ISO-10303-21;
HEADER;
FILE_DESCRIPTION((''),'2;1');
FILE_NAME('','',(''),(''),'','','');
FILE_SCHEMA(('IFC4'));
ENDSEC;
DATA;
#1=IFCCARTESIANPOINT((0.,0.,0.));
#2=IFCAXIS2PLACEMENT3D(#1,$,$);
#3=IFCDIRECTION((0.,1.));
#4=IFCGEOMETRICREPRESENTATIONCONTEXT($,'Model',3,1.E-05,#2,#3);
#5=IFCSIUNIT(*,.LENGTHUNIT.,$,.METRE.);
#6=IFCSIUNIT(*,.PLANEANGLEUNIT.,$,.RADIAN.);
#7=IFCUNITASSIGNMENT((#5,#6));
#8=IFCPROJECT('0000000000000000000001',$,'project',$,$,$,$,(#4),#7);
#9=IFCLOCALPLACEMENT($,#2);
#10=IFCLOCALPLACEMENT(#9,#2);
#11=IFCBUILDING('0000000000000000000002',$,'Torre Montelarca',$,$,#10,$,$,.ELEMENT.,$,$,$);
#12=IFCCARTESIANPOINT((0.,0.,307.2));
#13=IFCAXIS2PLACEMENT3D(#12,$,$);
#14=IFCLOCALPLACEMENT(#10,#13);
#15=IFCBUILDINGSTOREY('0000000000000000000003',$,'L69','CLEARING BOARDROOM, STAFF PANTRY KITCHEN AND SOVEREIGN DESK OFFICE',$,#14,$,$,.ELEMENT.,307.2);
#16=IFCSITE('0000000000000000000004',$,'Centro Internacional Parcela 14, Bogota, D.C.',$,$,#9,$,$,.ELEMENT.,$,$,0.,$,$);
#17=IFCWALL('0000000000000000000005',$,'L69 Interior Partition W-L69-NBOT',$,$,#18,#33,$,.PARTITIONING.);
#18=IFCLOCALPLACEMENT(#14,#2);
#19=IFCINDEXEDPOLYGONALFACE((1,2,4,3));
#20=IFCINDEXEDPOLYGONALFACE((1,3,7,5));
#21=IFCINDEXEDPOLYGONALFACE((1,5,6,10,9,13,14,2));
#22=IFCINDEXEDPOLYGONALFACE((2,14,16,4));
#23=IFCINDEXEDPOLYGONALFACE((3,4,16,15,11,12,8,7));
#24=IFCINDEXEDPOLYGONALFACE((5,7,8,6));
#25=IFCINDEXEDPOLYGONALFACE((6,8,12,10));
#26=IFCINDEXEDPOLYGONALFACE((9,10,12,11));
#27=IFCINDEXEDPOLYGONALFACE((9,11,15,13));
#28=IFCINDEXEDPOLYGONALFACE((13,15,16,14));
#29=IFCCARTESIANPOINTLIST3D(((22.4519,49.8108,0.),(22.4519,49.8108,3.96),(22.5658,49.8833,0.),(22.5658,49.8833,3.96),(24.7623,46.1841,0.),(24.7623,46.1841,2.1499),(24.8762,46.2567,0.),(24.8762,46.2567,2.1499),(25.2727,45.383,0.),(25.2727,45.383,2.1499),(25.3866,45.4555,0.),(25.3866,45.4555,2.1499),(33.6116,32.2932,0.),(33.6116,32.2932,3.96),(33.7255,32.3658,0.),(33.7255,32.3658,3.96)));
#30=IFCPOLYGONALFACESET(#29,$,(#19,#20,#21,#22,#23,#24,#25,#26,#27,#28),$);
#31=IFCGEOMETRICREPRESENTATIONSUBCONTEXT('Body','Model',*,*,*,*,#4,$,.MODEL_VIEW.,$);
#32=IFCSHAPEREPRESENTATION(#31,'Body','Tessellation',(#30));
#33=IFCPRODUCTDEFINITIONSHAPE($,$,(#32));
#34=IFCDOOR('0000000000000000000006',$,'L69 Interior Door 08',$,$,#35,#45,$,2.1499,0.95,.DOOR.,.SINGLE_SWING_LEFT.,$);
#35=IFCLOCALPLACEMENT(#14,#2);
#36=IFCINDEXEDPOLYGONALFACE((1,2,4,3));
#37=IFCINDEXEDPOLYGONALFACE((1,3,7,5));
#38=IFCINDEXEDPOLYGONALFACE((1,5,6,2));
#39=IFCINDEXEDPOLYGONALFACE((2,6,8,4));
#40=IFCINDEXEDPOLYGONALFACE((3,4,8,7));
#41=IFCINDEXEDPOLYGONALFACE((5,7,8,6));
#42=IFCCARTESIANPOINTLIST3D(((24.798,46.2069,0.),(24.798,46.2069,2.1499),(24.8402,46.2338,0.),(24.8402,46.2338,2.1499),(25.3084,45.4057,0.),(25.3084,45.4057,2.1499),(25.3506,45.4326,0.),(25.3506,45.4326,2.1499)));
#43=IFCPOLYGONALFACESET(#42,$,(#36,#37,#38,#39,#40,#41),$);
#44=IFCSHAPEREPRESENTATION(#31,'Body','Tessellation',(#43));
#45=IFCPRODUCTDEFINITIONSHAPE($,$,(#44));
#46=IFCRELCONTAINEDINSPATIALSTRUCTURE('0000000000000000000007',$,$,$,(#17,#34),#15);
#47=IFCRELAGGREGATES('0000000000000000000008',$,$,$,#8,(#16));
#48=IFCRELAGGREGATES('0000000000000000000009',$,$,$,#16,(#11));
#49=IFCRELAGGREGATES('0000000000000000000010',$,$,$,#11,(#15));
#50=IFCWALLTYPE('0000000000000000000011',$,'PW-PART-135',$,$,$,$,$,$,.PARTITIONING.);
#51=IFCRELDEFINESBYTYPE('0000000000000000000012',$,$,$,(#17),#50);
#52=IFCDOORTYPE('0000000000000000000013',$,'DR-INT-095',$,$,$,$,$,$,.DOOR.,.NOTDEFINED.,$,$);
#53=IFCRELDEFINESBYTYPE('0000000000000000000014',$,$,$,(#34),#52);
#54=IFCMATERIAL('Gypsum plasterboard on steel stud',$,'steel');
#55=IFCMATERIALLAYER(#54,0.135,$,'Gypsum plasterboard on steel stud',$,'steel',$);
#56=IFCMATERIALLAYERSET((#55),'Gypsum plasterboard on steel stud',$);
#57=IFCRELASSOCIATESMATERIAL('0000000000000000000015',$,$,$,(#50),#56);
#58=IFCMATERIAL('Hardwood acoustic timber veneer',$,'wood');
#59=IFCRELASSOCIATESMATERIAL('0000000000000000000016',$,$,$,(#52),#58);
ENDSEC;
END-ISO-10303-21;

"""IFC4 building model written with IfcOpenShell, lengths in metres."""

from ifc_helpers import new_model, si_unit, direction, frame, frame_2d, origin, place, context, subcontext, project, spatial, rectangle, extrude, source, transform, mapped, material, layer, layer_set, type_object, element, fill, save


model = new_model("IFC4")

# Units and contexts
model_context = context("Model", 3, precision=1e-05, world=origin(), true_north=direction((0.0, 1.0)))
body_context = subcontext(model_context, "Body", "Model", "MODEL_VIEW")
ifc_project = project(units=[si_unit("LENGTHUNIT", "METRE"), si_unit("PLANEANGLEUNIT", "RADIAN")], contexts=[model_context])

# Site, building, storey
site_placement = place(None, origin())
site = spatial("IfcSite", under=ifc_project, at=site_placement, Name="Centro Internacional Parcela 14, Bogota, D.C.", CompositionType="ELEMENT", RefElevation=0.0)
building_placement = place(site_placement, origin())
building = spatial("IfcBuilding", under=site, at=building_placement, Name="Torre Montelarca", CompositionType="ELEMENT")
storey_placement = place(building_placement, frame((0.0, 0.0, 307.2)))
storey = spatial("IfcBuildingStorey", under=building, at=storey_placement, Name="L69", Description="CLEARING BOARDROOM, STAFF PANTRY KITCHEN AND SOVEREIGN DESK OFFICE", CompositionType="ELEMENT", Elevation=307.2)

# Shared definitions
ifc_material_1 = material(Name="Gypsum plasterboard on steel stud", Category="steel")

# Wall, opening, door
ifc_layer_1 = layer(ifc_material_1, 0.135, Name="Gypsum plasterboard on steel stud", Category="steel")
ifc_layer_set_1 = layer_set([ifc_layer_1], Name="Gypsum plasterboard on steel stud")
wall_type_1 = type_object("IfcWallType", Name="PW-PART-135", PredefinedType="PARTITIONING", material=ifc_layer_set_1)
wall_1_placement = place(storey_placement, frame((22.5088, 49.8472, 0.0), z_axis=(0.0, 0.0, 1.0), x_axis=(0.537291, -0.843397, 0.0)))
wall_1 = element("IfcWall", 1, at=wall_1_placement, inside=storey, type_object=wall_type_1, Name="L69 Interior Partition W-L69-NBOT", PredefinedType="PARTITIONING", context=body_context, shape_type="SweptSolid", body=[
    extrude(rectangle(XDim=20.7703, YDim=0.135, at=frame_2d((10.3853, 0.0))), origin(), (0.0, 0.0, 1.0), 3.96),
])
opening_1_placement = place(wall_1_placement, frame((4.3, 0.0, 0.0)))
opening_1 = element("IfcOpeningElement", 2, at=opening_1_placement, cuts=wall_1, PredefinedType="OPENING", context=body_context, shape_type="SweptSolid", body=[
    extrude(rectangle(XDim=0.95, YDim=2.1499, at=frame_2d((0.4751, 1.075))), frame((0.0, 0.0776, 0.0), z_axis=(0.0, -1.0, 0.0), x_axis=(1.0, 0.0, 0.0)), (0.0, 0.0, 1.0), 0.155),
])
ifc_material_2 = material(Name="Hardwood acoustic timber veneer", Category="wood")
door_type_1 = type_object("IfcDoorType", Name="DR-INT-095", OperationType="NOTDEFINED", PredefinedType="DOOR", material=ifc_material_2)
shared_shape_1 = source(origin(), body_context, "Body", "SweptSolid", [
    extrude(rectangle(XDim=0.95, YDim=2.1499, at=frame_2d((0.4751, 1.075))), frame((0.0, 0.0249, 0.0), z_axis=(0.0, -1.0, 0.0), x_axis=(1.0, 0.0, 0.0)), (0.0, 0.0, 1.0), 0.05),
])
door_1_placement = place(opening_1_placement, origin())
door_1 = element("IfcDoor", 3, at=door_1_placement, inside=storey, type_object=door_type_1, Name="L69 Interior Door 08", OperationType="SINGLE_SWING_LEFT", OverallHeight=2.1499, OverallWidth=0.95, PredefinedType="DOOR", context=body_context, shape_type="MappedRepresentation", body=[
    mapped(shared_shape_1, transform((0.0, 0.0, 0.0), scale=1.0)),
])
fill(opening_1, door_1)

save(model, "model.ifc")
